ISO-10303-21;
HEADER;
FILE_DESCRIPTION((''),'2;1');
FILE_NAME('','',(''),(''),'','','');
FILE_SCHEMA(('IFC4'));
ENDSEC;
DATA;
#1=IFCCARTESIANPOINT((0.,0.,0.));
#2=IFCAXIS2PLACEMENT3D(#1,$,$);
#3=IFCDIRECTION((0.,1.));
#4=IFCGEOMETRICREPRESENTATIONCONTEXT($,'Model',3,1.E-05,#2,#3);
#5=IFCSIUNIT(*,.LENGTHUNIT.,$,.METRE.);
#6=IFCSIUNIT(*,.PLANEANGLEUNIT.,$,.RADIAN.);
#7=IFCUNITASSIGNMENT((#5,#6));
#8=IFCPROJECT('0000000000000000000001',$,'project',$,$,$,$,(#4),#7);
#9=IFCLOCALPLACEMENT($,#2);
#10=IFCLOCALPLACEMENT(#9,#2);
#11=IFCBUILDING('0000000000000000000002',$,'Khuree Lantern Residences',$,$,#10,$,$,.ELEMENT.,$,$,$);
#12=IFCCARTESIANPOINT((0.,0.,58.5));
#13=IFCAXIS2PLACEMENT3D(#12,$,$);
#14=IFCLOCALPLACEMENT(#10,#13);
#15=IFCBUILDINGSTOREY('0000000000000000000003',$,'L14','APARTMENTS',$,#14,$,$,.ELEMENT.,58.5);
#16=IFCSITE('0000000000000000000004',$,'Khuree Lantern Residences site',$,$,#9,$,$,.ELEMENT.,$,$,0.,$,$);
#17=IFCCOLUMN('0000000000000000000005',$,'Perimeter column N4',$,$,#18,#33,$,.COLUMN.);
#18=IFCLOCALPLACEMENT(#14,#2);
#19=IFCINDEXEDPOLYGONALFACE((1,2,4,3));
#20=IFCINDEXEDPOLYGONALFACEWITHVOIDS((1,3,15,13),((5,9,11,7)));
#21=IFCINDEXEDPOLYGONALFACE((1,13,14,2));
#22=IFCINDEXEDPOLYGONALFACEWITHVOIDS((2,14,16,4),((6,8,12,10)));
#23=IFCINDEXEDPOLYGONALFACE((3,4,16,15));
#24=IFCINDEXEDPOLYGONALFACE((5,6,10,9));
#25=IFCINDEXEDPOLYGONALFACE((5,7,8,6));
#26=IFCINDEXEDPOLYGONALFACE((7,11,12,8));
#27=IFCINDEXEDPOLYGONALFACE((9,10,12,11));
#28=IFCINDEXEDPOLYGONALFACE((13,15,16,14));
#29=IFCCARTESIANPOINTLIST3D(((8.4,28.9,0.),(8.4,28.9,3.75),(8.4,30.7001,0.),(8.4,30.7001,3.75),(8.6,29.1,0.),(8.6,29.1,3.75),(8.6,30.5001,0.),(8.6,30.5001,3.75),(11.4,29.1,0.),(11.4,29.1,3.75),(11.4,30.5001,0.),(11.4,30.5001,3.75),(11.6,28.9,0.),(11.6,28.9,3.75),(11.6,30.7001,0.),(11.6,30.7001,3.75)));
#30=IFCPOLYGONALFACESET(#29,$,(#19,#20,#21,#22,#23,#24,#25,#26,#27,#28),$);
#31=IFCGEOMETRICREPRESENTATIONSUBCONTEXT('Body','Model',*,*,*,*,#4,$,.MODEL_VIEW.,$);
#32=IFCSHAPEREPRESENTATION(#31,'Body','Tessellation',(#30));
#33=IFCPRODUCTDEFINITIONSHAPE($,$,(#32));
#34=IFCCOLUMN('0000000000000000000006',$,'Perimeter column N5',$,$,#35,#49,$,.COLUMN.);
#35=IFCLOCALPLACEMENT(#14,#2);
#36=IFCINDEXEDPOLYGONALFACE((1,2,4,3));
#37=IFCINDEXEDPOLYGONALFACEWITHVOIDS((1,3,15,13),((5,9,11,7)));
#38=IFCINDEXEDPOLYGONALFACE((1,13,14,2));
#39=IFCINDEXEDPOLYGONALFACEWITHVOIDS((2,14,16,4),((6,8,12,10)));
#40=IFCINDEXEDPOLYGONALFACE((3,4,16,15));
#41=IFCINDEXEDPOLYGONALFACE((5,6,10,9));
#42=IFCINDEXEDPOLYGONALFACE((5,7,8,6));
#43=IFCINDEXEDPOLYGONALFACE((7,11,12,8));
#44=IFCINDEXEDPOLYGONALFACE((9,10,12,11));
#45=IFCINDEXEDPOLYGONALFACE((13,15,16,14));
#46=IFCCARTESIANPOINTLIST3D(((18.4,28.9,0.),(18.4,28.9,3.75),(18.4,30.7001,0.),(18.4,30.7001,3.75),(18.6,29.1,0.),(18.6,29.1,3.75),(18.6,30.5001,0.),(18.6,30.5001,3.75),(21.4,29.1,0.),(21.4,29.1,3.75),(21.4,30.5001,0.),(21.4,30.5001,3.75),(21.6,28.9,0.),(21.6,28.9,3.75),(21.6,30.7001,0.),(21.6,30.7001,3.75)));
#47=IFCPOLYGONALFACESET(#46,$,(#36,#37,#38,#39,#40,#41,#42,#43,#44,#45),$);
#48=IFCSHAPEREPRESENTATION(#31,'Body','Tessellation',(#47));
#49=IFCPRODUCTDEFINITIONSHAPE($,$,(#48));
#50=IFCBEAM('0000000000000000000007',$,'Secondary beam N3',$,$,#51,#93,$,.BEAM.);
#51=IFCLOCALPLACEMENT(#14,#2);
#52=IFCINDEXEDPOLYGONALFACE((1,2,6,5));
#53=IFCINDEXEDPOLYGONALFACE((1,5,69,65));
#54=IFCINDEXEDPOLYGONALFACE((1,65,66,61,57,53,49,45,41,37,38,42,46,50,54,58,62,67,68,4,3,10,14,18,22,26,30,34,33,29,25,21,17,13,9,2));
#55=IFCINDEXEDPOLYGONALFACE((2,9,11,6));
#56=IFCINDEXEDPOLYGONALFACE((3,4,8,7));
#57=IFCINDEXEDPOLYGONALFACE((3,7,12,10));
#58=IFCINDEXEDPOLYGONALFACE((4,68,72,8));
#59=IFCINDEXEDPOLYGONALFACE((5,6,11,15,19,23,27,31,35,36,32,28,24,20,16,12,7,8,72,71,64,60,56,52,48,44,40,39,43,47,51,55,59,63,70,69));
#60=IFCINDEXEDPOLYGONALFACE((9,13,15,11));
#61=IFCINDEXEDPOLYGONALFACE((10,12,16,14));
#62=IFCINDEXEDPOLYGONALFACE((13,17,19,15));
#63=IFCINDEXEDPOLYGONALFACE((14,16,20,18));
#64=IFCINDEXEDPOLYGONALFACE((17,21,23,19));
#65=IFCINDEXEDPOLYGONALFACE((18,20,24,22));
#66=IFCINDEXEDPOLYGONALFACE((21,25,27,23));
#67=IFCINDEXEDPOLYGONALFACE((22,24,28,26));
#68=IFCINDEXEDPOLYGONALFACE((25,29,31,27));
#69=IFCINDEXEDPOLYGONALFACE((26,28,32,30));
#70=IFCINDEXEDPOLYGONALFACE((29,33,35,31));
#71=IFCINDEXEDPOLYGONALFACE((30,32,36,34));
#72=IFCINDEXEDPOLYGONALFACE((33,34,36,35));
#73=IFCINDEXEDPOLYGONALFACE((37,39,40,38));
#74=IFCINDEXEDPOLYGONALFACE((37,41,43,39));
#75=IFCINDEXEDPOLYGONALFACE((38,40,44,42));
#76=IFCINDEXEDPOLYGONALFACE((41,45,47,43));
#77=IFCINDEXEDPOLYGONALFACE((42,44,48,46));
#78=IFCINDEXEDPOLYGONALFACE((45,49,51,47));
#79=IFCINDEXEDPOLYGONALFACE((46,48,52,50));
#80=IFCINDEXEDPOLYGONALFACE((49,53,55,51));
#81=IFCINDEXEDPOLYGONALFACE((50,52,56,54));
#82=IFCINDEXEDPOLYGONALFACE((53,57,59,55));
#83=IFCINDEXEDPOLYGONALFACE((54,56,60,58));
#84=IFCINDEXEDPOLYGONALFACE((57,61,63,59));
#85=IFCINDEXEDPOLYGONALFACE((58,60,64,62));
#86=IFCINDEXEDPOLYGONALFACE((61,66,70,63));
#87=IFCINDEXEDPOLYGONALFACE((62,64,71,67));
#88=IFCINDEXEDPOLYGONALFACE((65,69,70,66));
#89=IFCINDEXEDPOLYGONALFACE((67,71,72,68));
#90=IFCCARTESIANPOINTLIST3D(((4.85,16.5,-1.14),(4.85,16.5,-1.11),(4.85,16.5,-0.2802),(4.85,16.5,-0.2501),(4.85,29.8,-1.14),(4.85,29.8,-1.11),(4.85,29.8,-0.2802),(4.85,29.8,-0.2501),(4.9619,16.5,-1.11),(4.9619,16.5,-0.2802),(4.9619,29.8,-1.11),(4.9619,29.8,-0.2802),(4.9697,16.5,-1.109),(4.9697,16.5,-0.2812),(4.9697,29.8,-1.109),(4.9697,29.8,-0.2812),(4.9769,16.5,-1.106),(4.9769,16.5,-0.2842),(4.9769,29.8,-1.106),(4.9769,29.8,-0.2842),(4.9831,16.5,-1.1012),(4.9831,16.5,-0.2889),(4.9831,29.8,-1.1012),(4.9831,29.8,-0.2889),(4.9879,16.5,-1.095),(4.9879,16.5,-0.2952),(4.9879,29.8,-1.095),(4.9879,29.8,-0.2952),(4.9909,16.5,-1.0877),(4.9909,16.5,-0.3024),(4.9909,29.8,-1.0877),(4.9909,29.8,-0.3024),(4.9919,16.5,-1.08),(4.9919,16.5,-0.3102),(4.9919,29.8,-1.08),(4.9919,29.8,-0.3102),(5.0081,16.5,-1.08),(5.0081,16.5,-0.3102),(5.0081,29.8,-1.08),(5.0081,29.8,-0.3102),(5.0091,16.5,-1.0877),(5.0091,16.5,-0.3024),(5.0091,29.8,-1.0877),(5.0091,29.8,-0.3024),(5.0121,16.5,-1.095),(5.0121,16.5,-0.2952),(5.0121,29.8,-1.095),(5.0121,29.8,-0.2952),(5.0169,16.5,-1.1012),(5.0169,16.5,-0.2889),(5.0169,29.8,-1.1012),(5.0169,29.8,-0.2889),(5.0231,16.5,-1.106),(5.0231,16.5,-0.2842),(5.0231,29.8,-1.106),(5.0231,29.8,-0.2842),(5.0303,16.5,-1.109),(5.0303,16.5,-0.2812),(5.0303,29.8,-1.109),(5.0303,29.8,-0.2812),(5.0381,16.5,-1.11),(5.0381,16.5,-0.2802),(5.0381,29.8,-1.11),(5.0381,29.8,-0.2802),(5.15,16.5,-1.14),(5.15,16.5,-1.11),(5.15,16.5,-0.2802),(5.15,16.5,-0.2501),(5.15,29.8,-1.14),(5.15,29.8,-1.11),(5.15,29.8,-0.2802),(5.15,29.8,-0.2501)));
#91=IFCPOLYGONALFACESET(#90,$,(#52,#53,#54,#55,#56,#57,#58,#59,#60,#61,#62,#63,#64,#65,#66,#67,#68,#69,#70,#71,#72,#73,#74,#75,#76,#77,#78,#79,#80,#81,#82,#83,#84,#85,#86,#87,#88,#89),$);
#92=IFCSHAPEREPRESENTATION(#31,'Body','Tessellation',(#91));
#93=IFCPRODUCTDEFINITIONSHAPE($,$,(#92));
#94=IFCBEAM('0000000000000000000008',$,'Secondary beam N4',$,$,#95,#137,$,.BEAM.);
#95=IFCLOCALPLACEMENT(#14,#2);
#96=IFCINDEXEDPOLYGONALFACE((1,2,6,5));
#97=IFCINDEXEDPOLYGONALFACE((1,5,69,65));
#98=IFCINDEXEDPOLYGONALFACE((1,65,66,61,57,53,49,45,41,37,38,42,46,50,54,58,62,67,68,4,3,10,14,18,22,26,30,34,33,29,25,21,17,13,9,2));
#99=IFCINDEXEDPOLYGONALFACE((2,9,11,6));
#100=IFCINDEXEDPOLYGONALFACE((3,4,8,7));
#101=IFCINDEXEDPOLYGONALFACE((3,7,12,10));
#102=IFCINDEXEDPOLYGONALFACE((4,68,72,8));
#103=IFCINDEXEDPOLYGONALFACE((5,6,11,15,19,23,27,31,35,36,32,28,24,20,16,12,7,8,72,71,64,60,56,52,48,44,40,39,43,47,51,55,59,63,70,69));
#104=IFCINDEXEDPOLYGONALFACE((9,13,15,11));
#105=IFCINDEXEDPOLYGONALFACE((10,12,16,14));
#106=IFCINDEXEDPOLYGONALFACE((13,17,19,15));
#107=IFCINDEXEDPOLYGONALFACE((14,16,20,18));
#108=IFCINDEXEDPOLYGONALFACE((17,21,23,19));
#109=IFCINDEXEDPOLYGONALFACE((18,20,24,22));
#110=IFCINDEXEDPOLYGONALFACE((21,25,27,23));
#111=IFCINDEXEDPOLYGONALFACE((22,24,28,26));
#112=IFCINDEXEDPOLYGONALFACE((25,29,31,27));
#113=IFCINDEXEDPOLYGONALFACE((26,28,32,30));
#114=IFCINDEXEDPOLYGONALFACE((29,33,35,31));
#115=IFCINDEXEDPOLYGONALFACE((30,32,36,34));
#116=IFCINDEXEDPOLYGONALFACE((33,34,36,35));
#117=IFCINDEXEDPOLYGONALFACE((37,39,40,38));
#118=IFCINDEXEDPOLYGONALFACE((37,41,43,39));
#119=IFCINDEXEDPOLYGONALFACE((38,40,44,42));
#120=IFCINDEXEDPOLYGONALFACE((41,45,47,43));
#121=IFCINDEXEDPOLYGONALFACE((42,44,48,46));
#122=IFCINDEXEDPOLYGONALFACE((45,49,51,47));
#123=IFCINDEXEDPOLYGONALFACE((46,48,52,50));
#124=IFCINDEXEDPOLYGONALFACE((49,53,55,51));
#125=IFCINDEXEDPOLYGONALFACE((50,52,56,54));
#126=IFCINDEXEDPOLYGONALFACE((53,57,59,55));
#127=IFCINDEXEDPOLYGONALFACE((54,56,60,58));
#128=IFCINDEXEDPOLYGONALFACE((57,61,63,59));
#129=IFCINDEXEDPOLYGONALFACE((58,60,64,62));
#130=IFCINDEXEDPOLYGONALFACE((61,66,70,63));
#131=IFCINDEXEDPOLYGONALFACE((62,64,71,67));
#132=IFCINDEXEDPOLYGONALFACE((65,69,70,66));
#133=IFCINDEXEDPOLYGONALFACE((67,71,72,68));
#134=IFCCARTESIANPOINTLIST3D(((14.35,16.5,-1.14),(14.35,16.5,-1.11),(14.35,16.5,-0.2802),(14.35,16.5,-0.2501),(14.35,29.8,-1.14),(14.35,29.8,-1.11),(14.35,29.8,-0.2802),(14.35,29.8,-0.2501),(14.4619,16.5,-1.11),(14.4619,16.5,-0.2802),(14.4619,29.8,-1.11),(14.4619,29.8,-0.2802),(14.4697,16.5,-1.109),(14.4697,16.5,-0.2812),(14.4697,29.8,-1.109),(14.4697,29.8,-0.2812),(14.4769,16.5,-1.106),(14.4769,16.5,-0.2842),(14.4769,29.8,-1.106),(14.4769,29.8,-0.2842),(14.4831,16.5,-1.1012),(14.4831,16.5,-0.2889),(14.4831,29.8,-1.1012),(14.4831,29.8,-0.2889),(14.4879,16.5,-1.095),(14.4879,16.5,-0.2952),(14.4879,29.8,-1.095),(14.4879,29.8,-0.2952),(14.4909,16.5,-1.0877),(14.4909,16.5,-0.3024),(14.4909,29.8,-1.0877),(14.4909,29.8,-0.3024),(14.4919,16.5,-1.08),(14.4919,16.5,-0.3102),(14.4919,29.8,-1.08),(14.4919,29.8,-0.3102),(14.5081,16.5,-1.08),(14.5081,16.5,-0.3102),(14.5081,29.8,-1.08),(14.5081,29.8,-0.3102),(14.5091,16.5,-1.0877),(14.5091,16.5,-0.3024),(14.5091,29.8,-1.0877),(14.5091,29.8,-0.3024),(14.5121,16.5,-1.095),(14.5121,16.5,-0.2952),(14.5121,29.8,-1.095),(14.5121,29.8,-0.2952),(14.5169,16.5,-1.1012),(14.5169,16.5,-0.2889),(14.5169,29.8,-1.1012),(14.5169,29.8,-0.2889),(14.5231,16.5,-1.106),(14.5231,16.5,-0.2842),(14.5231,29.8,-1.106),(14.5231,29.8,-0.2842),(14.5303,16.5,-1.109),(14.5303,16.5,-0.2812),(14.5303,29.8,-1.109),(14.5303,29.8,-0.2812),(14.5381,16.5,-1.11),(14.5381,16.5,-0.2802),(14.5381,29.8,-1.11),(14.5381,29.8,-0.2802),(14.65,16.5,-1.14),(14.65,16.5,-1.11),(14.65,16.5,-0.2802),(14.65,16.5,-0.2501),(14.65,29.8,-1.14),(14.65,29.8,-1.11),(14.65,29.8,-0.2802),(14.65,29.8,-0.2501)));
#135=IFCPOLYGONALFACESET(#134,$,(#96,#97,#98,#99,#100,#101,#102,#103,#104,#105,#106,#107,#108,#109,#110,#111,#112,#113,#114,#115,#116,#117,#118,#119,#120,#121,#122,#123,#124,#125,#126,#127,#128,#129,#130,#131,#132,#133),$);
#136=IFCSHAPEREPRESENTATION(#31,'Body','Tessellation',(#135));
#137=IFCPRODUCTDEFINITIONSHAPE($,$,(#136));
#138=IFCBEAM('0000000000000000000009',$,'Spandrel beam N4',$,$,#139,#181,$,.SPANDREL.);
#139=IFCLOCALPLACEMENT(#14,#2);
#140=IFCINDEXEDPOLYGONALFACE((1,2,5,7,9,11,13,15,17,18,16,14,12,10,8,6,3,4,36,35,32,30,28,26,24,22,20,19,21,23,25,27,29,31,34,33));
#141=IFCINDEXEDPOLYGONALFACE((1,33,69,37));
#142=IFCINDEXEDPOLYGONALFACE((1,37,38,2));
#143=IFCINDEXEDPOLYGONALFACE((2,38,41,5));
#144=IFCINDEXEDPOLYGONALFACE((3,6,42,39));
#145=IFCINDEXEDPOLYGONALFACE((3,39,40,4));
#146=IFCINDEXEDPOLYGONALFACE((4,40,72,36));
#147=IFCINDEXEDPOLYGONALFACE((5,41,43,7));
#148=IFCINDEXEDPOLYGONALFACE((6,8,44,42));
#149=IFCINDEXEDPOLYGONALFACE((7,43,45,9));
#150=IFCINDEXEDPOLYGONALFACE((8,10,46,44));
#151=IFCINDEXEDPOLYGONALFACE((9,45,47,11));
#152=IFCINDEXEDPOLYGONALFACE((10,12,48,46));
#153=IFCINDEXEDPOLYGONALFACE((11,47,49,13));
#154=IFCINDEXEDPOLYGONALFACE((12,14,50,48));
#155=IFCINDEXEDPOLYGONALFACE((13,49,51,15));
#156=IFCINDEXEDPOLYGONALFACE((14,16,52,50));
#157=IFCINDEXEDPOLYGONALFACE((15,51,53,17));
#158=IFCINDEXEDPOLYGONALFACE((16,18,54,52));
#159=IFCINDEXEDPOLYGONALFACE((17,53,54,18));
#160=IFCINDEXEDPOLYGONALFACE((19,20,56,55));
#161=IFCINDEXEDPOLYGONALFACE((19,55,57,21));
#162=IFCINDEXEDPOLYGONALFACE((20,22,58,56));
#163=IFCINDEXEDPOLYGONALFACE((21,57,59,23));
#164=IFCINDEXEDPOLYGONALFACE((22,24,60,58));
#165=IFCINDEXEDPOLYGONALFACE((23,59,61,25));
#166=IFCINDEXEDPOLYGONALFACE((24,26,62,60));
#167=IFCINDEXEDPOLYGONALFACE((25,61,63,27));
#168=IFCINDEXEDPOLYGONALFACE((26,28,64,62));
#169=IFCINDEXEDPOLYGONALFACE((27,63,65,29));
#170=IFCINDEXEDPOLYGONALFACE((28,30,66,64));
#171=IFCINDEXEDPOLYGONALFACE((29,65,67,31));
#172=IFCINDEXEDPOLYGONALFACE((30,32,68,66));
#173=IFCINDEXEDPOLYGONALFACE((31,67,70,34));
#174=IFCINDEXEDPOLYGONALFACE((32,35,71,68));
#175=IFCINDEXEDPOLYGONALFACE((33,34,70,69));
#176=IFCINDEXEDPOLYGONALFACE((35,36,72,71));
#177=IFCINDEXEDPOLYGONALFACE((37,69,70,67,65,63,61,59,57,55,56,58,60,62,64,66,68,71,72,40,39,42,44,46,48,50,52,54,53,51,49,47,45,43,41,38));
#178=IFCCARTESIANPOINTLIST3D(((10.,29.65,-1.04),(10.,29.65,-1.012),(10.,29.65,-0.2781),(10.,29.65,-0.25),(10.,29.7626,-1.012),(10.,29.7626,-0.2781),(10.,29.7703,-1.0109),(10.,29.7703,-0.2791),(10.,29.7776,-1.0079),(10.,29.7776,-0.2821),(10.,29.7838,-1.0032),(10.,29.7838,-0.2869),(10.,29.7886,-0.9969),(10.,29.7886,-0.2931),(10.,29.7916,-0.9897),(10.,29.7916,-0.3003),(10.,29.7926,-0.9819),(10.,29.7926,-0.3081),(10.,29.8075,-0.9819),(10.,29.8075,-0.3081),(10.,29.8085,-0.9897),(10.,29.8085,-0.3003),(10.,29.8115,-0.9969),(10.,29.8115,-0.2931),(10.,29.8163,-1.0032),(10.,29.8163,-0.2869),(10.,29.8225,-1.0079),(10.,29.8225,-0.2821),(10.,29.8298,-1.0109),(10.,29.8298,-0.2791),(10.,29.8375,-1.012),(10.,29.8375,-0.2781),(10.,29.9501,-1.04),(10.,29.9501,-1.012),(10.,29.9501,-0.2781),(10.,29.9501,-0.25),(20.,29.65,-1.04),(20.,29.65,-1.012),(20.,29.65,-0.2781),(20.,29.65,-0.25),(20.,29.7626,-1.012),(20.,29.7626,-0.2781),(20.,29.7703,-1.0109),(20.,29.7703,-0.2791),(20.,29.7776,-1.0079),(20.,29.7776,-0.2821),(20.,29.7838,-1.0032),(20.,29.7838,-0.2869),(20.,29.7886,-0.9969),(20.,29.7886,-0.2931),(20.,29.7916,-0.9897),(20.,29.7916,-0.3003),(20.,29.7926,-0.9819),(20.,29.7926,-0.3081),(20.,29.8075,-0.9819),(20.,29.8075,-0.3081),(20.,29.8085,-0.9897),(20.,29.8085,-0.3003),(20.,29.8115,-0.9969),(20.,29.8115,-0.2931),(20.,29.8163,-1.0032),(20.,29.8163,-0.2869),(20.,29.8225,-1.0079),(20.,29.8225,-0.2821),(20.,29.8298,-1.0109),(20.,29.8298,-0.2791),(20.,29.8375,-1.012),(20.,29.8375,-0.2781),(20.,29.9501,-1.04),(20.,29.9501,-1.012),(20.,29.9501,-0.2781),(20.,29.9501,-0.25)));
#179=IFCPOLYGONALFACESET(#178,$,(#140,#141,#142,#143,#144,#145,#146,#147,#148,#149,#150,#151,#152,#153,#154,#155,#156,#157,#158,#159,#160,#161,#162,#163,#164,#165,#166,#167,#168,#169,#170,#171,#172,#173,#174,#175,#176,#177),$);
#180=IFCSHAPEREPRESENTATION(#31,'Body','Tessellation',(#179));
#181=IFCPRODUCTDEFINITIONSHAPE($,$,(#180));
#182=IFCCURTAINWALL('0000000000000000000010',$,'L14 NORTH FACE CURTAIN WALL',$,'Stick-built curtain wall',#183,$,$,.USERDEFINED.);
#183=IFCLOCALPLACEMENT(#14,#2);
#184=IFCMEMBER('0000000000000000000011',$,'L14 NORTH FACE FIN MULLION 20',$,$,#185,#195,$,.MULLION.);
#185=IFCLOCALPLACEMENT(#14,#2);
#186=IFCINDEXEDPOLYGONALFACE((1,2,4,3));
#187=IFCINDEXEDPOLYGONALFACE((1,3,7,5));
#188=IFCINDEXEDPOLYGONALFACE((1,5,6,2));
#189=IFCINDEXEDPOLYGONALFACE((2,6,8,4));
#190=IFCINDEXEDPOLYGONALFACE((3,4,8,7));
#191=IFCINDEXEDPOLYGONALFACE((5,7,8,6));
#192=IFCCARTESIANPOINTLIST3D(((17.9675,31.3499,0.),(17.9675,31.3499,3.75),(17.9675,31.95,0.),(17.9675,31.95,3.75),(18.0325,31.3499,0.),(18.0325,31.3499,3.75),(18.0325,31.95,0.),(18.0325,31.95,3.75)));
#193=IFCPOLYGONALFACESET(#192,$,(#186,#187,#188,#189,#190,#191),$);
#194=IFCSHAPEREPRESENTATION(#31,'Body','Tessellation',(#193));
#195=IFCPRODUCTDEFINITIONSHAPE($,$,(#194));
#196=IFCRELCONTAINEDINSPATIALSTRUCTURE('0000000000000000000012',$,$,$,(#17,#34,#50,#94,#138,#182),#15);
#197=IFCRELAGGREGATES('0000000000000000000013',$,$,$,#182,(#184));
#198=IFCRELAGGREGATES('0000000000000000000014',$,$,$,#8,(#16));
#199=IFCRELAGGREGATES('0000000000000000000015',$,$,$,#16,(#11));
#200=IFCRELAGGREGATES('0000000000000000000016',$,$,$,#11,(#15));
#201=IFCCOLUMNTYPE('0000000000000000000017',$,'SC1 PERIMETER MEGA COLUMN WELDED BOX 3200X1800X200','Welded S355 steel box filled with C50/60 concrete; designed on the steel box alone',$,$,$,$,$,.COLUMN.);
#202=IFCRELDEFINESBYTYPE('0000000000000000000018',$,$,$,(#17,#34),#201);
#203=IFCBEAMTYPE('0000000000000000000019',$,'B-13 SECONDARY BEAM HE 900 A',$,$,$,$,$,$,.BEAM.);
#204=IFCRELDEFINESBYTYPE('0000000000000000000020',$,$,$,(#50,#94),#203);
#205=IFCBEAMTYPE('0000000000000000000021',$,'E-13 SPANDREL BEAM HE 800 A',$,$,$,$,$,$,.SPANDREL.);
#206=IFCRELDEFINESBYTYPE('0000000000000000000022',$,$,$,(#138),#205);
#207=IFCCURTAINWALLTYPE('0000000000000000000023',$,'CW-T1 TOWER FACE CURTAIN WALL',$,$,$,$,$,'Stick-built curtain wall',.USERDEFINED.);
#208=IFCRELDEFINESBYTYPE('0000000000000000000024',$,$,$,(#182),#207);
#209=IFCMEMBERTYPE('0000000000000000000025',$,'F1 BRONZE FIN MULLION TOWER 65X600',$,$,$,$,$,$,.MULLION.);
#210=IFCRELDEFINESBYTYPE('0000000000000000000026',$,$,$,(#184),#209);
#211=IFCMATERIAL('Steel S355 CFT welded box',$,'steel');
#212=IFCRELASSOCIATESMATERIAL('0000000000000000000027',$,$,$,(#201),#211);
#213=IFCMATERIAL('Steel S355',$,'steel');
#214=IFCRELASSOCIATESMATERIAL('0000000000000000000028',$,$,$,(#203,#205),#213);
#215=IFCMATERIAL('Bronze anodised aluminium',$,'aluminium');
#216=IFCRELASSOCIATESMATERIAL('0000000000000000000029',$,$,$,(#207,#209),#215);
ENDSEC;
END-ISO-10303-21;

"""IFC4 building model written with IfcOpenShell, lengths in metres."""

from ifc_helpers import new_model, si_unit, direction, frame, origin, origin_2d, place, context, subcontext, project, spatial, rectangle, hollow_rectangle, i_section, extrude, material, material_profile, profile_set, type_object, element, aggregate, save


model = new_model("IFC4")

# Units and contexts
model_context = context("Model", 3, precision=1e-05, world=origin(), true_north=direction((0.0, 1.0)))
body_context = subcontext(model_context, "Body", "Model", "MODEL_VIEW")
ifc_project = project(units=[si_unit("LENGTHUNIT", "METRE"), si_unit("PLANEANGLEUNIT", "RADIAN")], contexts=[model_context])

# Site, building, storey
site_placement = place(None, origin())
site = spatial("IfcSite", under=ifc_project, at=site_placement, Name="Khuree Lantern Residences site", CompositionType="ELEMENT", RefElevation=0.0)
building_placement = place(site_placement, origin())
building = spatial("IfcBuilding", under=site, at=building_placement, Name="Khuree Lantern Residences", CompositionType="ELEMENT")
storey_placement = place(building_placement, frame((0.0, 0.0, 58.5)))
storey = spatial("IfcBuildingStorey", under=building, at=storey_placement, Name="L14", Description="APARTMENTS", CompositionType="ELEMENT", Elevation=58.5)

# Columns
ifc_material_1 = material(Name="Steel S355 CFT welded box", Category="steel")
ifc_material_profile_1 = material_profile(ifc_material_1, hollow_rectangle(XDim=3.2, YDim=1.8, WallThickness=0.2, at=origin_2d()), Name="WELDED BOX 3200X1800X200")
ifc_profile_set_1 = profile_set([ifc_material_profile_1], Name="Steel S355 CFT welded box")
column_type = type_object("IfcColumnType", Name="SC1 PERIMETER MEGA COLUMN WELDED BOX 3200X1800X200", Description="Welded S355 steel box filled with C50/60 concrete; designed on the steel box alone", PredefinedType="COLUMN", material=ifc_profile_set_1)
for number, where, z_axis, x_axis, name in (
    (1, (10.0, 29.8, 0.0), (0.0, 0.0, 1.0), (1.0, 0.0, 0.0), "Perimeter column N4"),
    (2, (20.0, 29.8, 0.0), (0.0, 0.0, 1.0), (1.0, 0.0, 0.0), "Perimeter column N5"),
):
    element("IfcColumn", number, at=place(storey_placement, frame(where, z_axis=z_axis, x_axis=x_axis)), inside=storey, type_object=column_type, Name=name, PredefinedType="COLUMN", context=body_context, shape_type="SweptSolid", body=[
        extrude(hollow_rectangle(XDim=3.2, YDim=1.8, WallThickness=0.2, at=origin_2d()), origin(), (0.0, 0.0, 1.0), 3.75),
    ])

# Beams
ifc_material_2 = material(Name="Steel S355", Category="steel")
ifc_material_profile_2 = material_profile(ifc_material_2, i_section(OverallWidth=0.3, OverallDepth=0.8899, WebThickness=0.0161, FlangeThickness=0.03, FilletRadius=0.03, at=origin_2d()), Name="HE 900 A")
ifc_profile_set_2 = profile_set([ifc_material_profile_2], Name="Steel S355")
beam_type_1 = type_object("IfcBeamType", Name="B-13 SECONDARY BEAM HE 900 A", PredefinedType="BEAM", material=ifc_profile_set_2)
for number, where, z_axis, x_axis, name in (
    (3, (5.0, 29.8, -0.6951), (0.0, -1.0, 0.0), (1.0, 0.0, 0.0), "Secondary beam N3"),
    (4, (14.5, 29.8, -0.6951), (0.0, -1.0, 0.0), (1.0, 0.0, 0.0), "Secondary beam N4"),
):
    element("IfcBeam", number, at=place(storey_placement, frame(where, z_axis=z_axis, x_axis=x_axis)), inside=storey, type_object=beam_type_1, Name=name, PredefinedType="BEAM", context=body_context, shape_type="SweptSolid", body=[
        extrude(i_section(OverallWidth=0.3, OverallDepth=0.8899, WebThickness=0.0161, FlangeThickness=0.03, FilletRadius=0.03, at=origin_2d()), origin(), (0.0, 0.0, 1.0), 13.3),
    ])
ifc_material_profile_3 = material_profile(ifc_material_2, i_section(OverallWidth=0.3, OverallDepth=0.79, WebThickness=0.0149, FlangeThickness=0.0281, FilletRadius=0.03, at=origin_2d()), Name="HE 800 A")
ifc_profile_set_3 = profile_set([ifc_material_profile_3], Name="Steel S355")
beam_type_2 = type_object("IfcBeamType", Name="E-13 SPANDREL BEAM HE 800 A", PredefinedType="SPANDREL", material=ifc_profile_set_3)
beam_1_placement = place(storey_placement, frame((10.0, 29.8, -0.645), z_axis=(1.0, 0.0, 0.0), x_axis=(0.0, 1.0, 0.0)))
element("IfcBeam", 5, at=beam_1_placement, inside=storey, type_object=beam_type_2, Name="Spandrel beam N4", PredefinedType="SPANDREL", context=body_context, shape_type="SweptSolid", body=[
    extrude(i_section(OverallWidth=0.3, OverallDepth=0.79, WebThickness=0.0149, FlangeThickness=0.0281, FilletRadius=0.03, at=origin_2d()), origin(), (0.0, 0.0, 1.0), 10.0),
])

# Curtain wall, member
ifc_material_3 = material(Name="Bronze anodised aluminium", Category="aluminium")
curtain_wall_type = type_object("IfcCurtainWallType", Name="CW-T1 TOWER FACE CURTAIN WALL", ElementType="Stick-built curtain wall", PredefinedType="USERDEFINED", material=ifc_material_3)
curtain_wall_placement = place(storey_placement, origin())
curtain_wall = element("IfcCurtainWall", 6, at=curtain_wall_placement, inside=storey, type_object=curtain_wall_type, Name="L14 NORTH FACE CURTAIN WALL", ObjectType="Stick-built curtain wall", PredefinedType="USERDEFINED")
ifc_material_profile_4 = material_profile(ifc_material_3, rectangle(XDim=0.0649, YDim=0.6001, at=origin_2d()), Name="F1 65X600")
ifc_profile_set_4 = profile_set([ifc_material_profile_4], Name="Bronze anodised aluminium")
member_type_1 = type_object("IfcMemberType", Name="F1 BRONZE FIN MULLION TOWER 65X600", PredefinedType="MULLION", material=ifc_profile_set_4)
member_1_placement = place(storey_placement, frame((18.0, 31.6499, 0.0), z_axis=(0.0, 0.0, 1.0), x_axis=(-1.0, 0.0, 0.0)))
member_1 = element("IfcMember", 7, at=member_1_placement, type_object=member_type_1, Name="L14 NORTH FACE FIN MULLION 20", PredefinedType="MULLION", context=body_context, shape_type="SweptSolid", body=[
    extrude(rectangle(XDim=0.0649, YDim=0.6001, at=origin_2d()), origin(), (0.0, 0.0, 1.0), 3.75),
])

aggregate(curtain_wall, [member_1])

save(model, "model.ifc")
